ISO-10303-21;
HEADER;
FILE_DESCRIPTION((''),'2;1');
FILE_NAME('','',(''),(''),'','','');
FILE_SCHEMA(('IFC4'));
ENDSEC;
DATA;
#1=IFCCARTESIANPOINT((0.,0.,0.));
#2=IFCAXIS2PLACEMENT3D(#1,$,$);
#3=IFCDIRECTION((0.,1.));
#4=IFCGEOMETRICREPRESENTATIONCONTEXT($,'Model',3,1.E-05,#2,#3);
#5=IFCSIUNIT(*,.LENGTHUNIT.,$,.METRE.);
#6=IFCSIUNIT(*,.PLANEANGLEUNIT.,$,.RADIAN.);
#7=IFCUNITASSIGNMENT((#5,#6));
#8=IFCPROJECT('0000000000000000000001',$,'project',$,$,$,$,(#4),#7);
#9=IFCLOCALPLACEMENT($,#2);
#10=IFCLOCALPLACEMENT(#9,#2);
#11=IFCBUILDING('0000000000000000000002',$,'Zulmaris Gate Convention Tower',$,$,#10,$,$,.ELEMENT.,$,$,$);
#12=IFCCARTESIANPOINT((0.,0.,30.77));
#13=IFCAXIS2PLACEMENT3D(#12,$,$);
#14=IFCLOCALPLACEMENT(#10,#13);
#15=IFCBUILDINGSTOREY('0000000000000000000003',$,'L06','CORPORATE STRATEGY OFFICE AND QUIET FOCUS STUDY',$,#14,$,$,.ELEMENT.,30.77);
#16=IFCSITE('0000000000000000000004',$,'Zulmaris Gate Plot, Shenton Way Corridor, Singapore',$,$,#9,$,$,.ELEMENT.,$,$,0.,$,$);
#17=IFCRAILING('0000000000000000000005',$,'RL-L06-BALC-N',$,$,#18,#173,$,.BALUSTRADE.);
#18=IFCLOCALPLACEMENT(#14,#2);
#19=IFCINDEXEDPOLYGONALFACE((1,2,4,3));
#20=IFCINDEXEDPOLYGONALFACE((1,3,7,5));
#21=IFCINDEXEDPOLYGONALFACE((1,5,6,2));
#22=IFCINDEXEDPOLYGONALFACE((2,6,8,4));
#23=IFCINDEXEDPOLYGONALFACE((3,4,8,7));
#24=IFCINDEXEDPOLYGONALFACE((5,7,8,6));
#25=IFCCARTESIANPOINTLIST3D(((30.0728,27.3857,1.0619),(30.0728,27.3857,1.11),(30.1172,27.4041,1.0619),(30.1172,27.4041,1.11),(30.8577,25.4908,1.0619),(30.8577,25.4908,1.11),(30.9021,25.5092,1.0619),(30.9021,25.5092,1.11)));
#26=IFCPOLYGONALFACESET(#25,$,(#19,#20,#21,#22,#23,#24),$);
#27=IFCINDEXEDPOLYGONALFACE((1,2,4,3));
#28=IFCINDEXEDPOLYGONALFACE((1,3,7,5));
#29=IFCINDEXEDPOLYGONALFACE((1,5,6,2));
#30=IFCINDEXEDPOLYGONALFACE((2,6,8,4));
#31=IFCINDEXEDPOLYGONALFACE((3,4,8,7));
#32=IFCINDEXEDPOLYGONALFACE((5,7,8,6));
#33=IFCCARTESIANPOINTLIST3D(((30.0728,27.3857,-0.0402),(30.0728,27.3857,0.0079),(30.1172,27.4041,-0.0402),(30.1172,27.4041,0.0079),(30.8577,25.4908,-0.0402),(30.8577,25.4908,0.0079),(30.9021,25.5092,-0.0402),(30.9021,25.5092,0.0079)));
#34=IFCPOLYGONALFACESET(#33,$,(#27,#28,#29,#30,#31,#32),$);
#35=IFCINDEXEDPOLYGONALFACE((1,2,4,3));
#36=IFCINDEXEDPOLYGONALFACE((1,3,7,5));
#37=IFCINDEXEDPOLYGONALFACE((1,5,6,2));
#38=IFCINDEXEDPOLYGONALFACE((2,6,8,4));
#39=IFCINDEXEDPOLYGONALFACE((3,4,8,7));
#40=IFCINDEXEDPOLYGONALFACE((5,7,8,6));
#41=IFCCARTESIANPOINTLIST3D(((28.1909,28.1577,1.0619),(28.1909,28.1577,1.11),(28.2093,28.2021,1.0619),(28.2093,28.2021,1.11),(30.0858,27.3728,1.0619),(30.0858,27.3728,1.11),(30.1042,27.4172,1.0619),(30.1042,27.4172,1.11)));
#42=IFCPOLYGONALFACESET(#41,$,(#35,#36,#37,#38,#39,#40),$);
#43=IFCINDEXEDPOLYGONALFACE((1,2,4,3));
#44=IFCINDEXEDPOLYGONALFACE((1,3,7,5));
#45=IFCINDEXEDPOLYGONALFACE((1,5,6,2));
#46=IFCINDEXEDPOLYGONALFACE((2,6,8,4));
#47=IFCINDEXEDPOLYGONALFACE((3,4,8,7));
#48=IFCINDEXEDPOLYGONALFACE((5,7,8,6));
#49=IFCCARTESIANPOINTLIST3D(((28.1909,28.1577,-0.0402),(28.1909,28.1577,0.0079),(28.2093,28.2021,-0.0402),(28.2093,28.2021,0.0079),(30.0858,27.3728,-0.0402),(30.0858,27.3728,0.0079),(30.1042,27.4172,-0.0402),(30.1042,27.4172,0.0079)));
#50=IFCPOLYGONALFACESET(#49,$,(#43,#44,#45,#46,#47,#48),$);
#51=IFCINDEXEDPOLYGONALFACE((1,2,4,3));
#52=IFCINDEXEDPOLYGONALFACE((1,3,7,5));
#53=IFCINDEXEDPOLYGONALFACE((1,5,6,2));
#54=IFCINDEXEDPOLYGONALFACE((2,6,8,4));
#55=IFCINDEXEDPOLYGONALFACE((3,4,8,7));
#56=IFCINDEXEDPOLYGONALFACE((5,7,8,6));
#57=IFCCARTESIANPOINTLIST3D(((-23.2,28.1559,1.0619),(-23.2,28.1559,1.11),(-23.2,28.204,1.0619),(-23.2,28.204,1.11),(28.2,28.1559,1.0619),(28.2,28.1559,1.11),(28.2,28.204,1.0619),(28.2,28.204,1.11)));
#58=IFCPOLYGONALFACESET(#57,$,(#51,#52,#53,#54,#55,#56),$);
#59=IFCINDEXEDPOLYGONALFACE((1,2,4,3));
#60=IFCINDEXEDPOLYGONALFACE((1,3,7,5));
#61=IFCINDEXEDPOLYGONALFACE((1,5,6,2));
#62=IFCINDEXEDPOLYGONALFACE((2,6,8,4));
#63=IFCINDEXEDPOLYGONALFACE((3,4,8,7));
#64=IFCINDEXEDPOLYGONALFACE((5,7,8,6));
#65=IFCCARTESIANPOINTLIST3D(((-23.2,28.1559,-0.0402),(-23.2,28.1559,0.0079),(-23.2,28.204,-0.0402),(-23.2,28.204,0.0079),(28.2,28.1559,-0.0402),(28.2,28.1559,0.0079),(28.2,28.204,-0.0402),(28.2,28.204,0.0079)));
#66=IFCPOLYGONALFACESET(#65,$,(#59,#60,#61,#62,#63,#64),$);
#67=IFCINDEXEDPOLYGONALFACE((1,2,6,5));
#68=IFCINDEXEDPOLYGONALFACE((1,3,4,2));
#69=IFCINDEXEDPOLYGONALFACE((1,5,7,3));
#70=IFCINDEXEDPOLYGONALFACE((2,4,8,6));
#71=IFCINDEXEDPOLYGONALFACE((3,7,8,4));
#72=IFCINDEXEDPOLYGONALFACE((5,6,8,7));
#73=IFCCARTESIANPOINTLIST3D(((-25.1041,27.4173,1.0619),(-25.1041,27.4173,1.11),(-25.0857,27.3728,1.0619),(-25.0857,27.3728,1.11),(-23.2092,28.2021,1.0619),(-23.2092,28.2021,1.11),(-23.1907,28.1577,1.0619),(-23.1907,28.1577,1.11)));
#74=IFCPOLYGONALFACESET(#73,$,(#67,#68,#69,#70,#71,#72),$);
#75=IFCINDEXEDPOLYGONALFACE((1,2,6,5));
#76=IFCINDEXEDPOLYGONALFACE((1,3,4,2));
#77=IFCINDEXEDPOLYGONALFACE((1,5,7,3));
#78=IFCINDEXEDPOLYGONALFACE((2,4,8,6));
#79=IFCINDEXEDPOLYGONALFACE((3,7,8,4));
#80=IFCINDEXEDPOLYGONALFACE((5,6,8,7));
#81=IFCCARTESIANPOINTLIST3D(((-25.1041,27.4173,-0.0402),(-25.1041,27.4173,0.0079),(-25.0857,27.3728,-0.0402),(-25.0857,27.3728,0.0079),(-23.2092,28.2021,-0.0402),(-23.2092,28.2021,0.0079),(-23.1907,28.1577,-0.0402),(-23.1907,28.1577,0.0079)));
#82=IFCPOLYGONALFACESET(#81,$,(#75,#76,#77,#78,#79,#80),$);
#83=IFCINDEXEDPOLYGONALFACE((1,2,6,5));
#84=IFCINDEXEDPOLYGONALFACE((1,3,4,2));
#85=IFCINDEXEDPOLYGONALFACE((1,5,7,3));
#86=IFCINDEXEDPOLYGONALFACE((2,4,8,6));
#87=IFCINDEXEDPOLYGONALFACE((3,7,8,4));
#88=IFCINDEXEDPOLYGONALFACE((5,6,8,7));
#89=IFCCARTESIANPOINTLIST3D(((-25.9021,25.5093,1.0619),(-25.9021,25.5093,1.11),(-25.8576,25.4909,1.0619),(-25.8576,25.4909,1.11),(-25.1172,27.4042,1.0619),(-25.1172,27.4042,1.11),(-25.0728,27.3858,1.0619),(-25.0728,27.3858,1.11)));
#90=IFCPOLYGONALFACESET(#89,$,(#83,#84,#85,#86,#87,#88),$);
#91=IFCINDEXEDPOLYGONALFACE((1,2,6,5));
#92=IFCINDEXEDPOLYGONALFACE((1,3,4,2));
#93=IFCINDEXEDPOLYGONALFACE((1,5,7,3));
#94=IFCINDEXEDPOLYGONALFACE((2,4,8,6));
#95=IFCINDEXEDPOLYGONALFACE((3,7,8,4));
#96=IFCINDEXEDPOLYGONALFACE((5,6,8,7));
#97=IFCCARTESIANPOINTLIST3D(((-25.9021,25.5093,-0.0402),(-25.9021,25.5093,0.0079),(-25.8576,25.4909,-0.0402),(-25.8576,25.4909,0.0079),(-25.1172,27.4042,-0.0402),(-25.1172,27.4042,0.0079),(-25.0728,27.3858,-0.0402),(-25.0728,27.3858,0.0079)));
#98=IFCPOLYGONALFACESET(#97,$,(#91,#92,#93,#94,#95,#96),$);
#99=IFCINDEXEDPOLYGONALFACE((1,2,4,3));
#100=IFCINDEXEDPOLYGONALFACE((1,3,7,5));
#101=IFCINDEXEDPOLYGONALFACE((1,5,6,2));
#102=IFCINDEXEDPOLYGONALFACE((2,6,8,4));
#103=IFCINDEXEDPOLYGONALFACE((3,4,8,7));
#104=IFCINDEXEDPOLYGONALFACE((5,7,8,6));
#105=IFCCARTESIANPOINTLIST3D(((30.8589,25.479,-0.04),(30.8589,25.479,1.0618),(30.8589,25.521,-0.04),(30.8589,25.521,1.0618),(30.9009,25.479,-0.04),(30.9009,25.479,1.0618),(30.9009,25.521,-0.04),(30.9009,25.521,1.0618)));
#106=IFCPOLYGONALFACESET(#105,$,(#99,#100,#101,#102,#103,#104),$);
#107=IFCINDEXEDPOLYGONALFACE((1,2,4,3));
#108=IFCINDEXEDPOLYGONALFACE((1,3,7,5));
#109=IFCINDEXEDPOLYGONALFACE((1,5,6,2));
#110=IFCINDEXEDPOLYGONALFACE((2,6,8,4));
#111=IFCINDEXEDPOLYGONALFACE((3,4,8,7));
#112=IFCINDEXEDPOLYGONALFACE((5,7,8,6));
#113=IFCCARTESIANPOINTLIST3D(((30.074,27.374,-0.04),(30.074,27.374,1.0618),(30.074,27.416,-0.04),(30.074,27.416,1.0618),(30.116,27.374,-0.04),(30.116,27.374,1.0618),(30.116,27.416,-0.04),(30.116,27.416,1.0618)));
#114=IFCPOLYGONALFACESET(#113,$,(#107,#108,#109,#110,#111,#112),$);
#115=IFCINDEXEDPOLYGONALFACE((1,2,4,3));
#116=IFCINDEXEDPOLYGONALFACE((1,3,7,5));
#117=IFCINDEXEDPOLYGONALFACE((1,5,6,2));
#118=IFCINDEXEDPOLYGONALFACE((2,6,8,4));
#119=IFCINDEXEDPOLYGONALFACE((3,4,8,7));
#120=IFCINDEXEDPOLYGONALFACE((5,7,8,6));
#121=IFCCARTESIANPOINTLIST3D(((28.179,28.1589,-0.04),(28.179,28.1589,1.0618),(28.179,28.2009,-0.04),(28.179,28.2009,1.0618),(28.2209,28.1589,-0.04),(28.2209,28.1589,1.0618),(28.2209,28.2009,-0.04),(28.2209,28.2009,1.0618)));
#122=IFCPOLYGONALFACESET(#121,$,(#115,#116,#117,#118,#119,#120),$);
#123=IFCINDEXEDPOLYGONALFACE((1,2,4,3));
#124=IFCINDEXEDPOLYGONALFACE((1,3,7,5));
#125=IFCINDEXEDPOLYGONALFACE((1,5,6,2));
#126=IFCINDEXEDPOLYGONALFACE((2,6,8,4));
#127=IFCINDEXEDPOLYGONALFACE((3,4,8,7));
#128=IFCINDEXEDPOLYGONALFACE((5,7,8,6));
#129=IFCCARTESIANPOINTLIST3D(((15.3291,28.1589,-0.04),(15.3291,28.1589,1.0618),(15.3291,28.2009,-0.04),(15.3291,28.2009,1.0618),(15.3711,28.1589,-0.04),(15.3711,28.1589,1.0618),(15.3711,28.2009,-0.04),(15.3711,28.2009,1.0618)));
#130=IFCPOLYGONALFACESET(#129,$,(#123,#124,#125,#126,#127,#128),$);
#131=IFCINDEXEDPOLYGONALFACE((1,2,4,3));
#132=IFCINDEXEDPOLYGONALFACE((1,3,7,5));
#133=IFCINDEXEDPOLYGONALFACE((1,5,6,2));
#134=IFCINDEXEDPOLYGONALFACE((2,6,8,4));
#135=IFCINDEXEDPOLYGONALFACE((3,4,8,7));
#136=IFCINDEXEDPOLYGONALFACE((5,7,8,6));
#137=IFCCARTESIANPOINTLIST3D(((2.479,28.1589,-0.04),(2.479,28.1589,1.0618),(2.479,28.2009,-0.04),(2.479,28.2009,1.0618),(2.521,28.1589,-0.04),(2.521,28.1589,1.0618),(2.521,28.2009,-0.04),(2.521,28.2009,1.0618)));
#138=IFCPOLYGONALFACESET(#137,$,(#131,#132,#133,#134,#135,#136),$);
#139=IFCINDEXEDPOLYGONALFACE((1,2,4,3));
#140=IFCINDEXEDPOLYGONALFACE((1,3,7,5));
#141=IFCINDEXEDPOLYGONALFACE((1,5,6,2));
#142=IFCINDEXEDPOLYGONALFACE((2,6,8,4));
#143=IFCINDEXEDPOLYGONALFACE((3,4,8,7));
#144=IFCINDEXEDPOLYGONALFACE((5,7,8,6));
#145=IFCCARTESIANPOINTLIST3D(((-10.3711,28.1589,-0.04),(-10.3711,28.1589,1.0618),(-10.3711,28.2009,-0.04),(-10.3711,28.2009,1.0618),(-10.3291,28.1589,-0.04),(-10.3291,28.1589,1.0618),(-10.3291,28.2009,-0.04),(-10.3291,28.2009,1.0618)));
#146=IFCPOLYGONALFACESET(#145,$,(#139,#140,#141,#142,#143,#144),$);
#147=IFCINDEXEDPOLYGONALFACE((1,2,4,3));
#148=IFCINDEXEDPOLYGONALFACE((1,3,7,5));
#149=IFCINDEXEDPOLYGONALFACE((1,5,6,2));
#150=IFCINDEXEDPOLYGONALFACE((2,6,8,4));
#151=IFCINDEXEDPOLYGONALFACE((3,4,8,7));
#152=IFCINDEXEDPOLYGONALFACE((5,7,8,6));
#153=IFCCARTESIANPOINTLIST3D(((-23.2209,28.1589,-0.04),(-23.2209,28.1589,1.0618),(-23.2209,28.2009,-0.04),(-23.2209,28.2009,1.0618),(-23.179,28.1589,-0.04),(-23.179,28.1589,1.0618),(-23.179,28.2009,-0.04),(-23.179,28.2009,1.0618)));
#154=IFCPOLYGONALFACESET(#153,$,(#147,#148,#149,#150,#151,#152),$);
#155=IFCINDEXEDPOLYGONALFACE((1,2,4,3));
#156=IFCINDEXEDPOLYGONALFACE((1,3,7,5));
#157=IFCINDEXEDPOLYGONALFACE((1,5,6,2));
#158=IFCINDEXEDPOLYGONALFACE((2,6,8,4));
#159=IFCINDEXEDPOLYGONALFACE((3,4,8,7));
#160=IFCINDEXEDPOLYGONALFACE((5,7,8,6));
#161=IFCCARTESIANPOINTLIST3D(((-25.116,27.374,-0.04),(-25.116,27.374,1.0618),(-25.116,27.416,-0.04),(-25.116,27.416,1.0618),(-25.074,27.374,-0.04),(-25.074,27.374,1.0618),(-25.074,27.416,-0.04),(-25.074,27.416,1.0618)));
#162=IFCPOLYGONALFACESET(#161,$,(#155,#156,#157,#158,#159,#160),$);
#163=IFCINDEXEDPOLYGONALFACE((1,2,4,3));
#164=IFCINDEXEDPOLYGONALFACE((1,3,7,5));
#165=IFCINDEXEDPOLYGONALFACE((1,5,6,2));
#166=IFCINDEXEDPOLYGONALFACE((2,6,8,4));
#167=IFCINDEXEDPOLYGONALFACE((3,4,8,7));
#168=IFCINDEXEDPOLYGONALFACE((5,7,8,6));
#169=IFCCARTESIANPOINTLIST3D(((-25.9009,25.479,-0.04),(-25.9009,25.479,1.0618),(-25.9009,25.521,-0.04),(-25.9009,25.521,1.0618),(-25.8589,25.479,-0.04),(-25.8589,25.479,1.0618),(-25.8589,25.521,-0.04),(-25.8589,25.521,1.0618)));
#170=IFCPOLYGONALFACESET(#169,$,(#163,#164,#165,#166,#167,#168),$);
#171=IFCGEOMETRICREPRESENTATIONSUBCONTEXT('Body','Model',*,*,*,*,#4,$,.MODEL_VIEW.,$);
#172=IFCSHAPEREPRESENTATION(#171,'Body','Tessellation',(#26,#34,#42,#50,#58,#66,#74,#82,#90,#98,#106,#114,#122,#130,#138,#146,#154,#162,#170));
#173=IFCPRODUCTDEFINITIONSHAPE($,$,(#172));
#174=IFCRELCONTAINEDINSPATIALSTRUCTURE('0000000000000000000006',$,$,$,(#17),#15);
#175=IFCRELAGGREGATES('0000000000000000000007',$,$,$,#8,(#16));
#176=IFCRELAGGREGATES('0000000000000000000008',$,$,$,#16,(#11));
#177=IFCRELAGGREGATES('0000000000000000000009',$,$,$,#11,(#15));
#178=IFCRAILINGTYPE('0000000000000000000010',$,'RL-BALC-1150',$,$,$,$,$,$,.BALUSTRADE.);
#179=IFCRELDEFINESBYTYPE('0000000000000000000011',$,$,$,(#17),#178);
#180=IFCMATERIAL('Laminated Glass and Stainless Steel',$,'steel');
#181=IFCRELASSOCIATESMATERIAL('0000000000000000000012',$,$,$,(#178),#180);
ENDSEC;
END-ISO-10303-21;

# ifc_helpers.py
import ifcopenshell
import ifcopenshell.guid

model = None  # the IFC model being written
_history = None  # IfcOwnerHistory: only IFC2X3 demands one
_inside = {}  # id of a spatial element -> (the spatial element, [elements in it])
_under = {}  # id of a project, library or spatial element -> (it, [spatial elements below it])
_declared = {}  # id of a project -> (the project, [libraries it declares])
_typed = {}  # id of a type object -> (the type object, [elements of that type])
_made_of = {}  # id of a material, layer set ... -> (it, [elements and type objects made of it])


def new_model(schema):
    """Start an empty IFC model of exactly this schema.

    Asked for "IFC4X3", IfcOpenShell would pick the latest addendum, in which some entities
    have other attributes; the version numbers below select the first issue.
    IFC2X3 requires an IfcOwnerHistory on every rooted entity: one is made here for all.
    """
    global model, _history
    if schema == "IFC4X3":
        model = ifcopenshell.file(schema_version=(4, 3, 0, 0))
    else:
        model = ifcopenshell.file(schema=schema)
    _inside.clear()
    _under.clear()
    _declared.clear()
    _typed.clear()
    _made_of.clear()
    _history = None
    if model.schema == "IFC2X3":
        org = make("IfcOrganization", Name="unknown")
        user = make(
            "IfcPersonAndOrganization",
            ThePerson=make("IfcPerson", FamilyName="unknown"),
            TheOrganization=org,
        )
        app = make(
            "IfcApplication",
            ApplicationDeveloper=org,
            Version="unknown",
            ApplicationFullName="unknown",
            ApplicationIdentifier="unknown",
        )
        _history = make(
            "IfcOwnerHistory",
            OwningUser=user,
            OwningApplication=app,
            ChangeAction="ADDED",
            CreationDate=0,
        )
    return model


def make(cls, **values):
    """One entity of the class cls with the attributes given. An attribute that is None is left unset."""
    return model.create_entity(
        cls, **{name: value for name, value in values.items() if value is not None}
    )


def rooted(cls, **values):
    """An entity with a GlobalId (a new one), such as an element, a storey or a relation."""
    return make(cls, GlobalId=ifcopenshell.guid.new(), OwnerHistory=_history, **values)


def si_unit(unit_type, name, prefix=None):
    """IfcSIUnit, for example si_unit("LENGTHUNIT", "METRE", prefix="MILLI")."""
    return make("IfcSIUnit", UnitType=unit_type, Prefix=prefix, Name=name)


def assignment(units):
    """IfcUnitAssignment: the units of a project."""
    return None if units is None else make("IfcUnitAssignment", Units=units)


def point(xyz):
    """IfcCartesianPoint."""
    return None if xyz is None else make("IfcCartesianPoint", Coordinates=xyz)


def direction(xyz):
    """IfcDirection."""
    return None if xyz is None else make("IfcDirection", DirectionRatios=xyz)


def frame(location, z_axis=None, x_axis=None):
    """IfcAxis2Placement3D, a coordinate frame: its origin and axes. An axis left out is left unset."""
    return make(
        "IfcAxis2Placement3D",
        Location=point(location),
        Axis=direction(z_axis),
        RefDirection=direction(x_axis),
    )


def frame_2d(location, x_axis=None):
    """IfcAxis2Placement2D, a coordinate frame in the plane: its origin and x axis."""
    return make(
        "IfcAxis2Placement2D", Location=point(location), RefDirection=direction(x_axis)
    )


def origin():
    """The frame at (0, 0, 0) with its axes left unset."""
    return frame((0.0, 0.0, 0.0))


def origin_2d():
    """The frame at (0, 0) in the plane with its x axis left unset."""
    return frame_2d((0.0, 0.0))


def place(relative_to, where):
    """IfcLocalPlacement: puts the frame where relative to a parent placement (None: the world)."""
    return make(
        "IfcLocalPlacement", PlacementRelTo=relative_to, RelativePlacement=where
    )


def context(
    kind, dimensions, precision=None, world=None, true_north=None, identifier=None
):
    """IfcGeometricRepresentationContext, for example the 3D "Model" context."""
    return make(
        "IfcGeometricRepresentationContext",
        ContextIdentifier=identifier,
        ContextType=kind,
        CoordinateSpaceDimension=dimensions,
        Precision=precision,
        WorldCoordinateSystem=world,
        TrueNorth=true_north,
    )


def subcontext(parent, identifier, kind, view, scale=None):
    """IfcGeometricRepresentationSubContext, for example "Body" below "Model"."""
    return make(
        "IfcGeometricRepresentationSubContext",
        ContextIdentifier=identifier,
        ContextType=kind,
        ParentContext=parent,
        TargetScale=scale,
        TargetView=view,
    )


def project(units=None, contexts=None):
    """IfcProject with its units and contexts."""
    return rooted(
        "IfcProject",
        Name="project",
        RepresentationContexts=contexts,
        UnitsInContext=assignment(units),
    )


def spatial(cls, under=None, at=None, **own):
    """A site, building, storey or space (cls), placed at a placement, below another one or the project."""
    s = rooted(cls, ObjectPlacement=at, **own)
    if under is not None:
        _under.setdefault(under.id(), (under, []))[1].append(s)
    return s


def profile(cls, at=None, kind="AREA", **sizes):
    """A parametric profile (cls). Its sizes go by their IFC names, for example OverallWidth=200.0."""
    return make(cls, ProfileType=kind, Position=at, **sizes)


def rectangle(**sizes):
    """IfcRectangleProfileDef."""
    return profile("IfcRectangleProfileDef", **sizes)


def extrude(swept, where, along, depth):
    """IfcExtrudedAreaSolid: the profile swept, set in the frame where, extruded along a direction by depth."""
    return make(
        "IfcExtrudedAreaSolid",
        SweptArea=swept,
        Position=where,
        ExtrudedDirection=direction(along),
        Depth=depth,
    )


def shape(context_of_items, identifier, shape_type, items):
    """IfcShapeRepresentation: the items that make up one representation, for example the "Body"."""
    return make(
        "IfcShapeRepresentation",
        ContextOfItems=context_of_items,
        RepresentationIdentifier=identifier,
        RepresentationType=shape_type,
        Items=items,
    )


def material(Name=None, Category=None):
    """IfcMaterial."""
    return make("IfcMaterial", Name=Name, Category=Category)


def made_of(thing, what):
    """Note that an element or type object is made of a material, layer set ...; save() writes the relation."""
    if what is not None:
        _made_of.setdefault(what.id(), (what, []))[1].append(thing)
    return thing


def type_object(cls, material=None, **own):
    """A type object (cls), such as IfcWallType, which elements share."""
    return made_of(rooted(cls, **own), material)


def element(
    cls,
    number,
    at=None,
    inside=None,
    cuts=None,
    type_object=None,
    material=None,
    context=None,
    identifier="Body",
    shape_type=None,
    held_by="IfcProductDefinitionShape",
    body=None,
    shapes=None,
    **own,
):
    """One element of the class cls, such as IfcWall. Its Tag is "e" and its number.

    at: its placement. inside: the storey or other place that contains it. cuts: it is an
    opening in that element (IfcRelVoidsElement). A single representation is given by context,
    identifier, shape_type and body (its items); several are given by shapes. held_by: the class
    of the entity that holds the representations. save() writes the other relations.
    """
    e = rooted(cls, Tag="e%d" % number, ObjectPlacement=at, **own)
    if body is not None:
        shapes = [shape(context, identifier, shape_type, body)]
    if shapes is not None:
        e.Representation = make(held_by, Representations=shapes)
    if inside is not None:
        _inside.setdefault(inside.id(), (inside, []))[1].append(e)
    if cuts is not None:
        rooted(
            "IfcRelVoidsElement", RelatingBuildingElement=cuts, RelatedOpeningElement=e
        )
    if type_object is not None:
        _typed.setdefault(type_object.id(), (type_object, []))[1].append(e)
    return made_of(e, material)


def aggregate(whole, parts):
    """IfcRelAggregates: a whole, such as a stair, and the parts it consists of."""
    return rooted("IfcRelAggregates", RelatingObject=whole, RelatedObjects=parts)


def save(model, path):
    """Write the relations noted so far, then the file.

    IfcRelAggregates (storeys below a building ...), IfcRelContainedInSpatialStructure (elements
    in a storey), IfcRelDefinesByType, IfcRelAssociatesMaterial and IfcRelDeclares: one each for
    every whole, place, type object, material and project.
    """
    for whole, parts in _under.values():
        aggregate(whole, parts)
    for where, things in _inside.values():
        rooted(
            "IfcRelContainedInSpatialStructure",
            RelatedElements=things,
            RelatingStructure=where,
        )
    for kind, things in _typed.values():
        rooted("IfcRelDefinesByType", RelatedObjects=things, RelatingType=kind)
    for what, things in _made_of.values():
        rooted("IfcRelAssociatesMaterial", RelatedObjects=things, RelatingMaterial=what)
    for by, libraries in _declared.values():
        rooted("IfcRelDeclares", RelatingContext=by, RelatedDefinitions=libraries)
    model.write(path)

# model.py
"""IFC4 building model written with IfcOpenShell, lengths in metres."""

from ifc_helpers import new_model, si_unit, direction, frame, origin, origin_2d, place, context, subcontext, project, spatial, rectangle, extrude, material, type_object, element, save


model = new_model("IFC4")

# Units and contexts
model_context = context("Model", 3, precision=1e-05, world=origin(), true_north=direction((0.0, 1.0)))
body_context = subcontext(model_context, "Body", "Model", "MODEL_VIEW")
ifc_project = project(units=[si_unit("LENGTHUNIT", "METRE"), si_unit("PLANEANGLEUNIT", "RADIAN")], contexts=[model_context])

# Site, building, storey
site_placement = place(None, origin())
site = spatial("IfcSite", under=ifc_project, at=site_placement, Name="Zulmaris Gate Plot, Shenton Way Corridor, Singapore", CompositionType="ELEMENT", RefElevation=0.0)
building_placement = place(site_placement, origin())
building = spatial("IfcBuilding", under=site, at=building_placement, Name="Zulmaris Gate Convention Tower", CompositionType="ELEMENT")
storey_placement = place(building_placement, frame((0.0, 0.0, 30.77)))
storey = spatial("IfcBuildingStorey", under=building, at=storey_placement, Name="L06", Description="CORPORATE STRATEGY OFFICE AND QUIET FOCUS STUDY", CompositionType="ELEMENT", Elevation=30.77)

# Railing
ifc_material_1 = material(Name="Laminated Glass and Stainless Steel", Category="steel")
railing_type = type_object("IfcRailingType", Name="RL-BALC-1150", PredefinedType="BALUSTRADE", material=ifc_material_1)
railing_placement = place(storey_placement, frame((30.8799, 25.5, -0.04)))
element("IfcRailing", 1, at=railing_placement, inside=storey, type_object=railing_type, Name="RL-L06-BALC-N", PredefinedType="BALUSTRADE", context=body_context, shape_type="SweptSolid", body=[
    extrude(rectangle(XDim=0.0481, YDim=0.0481, at=origin_2d()), frame((0.0, 0.0, 1.126), z_axis=(-0.382671, 0.923885, 0.0), x_axis=(-0.923885, -0.382671, 0.0)), (0.0, 0.0, 1.0), 2.051),
    extrude(rectangle(XDim=0.0481, YDim=0.0481, at=origin_2d()), frame((0.0, 0.0, 0.0239), z_axis=(-0.382671, 0.923885, 0.0), x_axis=(-0.923885, -0.382671, 0.0)), (0.0, 0.0, 1.0), 2.051),
    extrude(rectangle(XDim=0.0481, YDim=0.0481, at=origin_2d()), frame((-0.7849, 1.895, 1.126), z_axis=(-0.923885, 0.382671, 0.0), x_axis=(-0.382671, -0.923885, 0.0)), (0.0, 0.0, 1.0), 2.051),
    extrude(rectangle(XDim=0.0481, YDim=0.0481, at=origin_2d()), frame((-0.7849, 1.895, 0.0239), z_axis=(-0.923885, 0.382671, 0.0), x_axis=(-0.382671, -0.923885, 0.0)), (0.0, 0.0, 1.0), 2.051),
    extrude(rectangle(XDim=0.0481, YDim=0.0481, at=origin_2d()), frame((-2.6799, 2.6799, 1.126), z_axis=(-1.0, 0.0, 0.0), x_axis=(0.0, -1.0, 0.0)), (0.0, 0.0, 1.0), 51.3999),
    extrude(rectangle(XDim=0.0481, YDim=0.0481, at=origin_2d()), frame((-2.6799, 2.6799, 0.0239), z_axis=(-1.0, 0.0, 0.0), x_axis=(0.0, -1.0, 0.0)), (0.0, 0.0, 1.0), 51.3999),
    extrude(rectangle(XDim=0.0481, YDim=0.0481, at=origin_2d()), frame((-54.0798, 2.6799, 1.126), z_axis=(-0.923885, -0.382671, 0.0), x_axis=(0.382671, -0.923885, 0.0)), (0.0, 0.0, 1.0), 2.051),
    extrude(rectangle(XDim=0.0481, YDim=0.0481, at=origin_2d()), frame((-54.0798, 2.6799, 0.0239), z_axis=(-0.923885, -0.382671, 0.0), x_axis=(0.382671, -0.923885, 0.0)), (0.0, 0.0, 1.0), 2.051),
    extrude(rectangle(XDim=0.0481, YDim=0.0481, at=origin_2d()), frame((-55.9749, 1.895, 1.126), z_axis=(-0.382671, -0.923885, 0.0), x_axis=(0.923885, -0.382671, 0.0)), (0.0, 0.0, 1.0), 2.051),
    extrude(rectangle(XDim=0.0481, YDim=0.0481, at=origin_2d()), frame((-55.9749, 1.895, 0.0239), z_axis=(-0.382671, -0.923885, 0.0), x_axis=(0.923885, -0.382671, 0.0)), (0.0, 0.0, 1.0), 2.051),
    extrude(rectangle(XDim=0.042, YDim=0.042, at=origin_2d()), origin(), (0.0, 0.0, 1.0), 1.1018),
    extrude(rectangle(XDim=0.042, YDim=0.042, at=origin_2d()), frame((-0.7849, 1.895, 0.0)), (0.0, 0.0, 1.0), 1.1018),
    extrude(rectangle(XDim=0.042, YDim=0.042, at=origin_2d()), frame((-2.6799, 2.6799, 0.0)), (0.0, 0.0, 1.0), 1.1018),
    extrude(rectangle(XDim=0.042, YDim=0.042, at=origin_2d()), frame((-15.5298, 2.6799, 0.0)), (0.0, 0.0, 1.0), 1.1018),
    extrude(rectangle(XDim=0.042, YDim=0.042, at=origin_2d()), frame((-28.3799, 2.6799, 0.0)), (0.0, 0.0, 1.0), 1.1018),
    extrude(rectangle(XDim=0.042, YDim=0.042, at=origin_2d()), frame((-41.23, 2.6799, 0.0)), (0.0, 0.0, 1.0), 1.1018),
    extrude(rectangle(XDim=0.042, YDim=0.042, at=origin_2d()), frame((-54.0798, 2.6799, 0.0)), (0.0, 0.0, 1.0), 1.1018),
    extrude(rectangle(XDim=0.042, YDim=0.042, at=origin_2d()), frame((-55.9749, 1.895, 0.0)), (0.0, 0.0, 1.0), 1.1018),
    extrude(rectangle(XDim=0.042, YDim=0.042, at=origin_2d()), frame((-56.7598, 0.0, 0.0)), (0.0, 0.0, 1.0), 1.1018),
])

save(model, "model.ifc")
